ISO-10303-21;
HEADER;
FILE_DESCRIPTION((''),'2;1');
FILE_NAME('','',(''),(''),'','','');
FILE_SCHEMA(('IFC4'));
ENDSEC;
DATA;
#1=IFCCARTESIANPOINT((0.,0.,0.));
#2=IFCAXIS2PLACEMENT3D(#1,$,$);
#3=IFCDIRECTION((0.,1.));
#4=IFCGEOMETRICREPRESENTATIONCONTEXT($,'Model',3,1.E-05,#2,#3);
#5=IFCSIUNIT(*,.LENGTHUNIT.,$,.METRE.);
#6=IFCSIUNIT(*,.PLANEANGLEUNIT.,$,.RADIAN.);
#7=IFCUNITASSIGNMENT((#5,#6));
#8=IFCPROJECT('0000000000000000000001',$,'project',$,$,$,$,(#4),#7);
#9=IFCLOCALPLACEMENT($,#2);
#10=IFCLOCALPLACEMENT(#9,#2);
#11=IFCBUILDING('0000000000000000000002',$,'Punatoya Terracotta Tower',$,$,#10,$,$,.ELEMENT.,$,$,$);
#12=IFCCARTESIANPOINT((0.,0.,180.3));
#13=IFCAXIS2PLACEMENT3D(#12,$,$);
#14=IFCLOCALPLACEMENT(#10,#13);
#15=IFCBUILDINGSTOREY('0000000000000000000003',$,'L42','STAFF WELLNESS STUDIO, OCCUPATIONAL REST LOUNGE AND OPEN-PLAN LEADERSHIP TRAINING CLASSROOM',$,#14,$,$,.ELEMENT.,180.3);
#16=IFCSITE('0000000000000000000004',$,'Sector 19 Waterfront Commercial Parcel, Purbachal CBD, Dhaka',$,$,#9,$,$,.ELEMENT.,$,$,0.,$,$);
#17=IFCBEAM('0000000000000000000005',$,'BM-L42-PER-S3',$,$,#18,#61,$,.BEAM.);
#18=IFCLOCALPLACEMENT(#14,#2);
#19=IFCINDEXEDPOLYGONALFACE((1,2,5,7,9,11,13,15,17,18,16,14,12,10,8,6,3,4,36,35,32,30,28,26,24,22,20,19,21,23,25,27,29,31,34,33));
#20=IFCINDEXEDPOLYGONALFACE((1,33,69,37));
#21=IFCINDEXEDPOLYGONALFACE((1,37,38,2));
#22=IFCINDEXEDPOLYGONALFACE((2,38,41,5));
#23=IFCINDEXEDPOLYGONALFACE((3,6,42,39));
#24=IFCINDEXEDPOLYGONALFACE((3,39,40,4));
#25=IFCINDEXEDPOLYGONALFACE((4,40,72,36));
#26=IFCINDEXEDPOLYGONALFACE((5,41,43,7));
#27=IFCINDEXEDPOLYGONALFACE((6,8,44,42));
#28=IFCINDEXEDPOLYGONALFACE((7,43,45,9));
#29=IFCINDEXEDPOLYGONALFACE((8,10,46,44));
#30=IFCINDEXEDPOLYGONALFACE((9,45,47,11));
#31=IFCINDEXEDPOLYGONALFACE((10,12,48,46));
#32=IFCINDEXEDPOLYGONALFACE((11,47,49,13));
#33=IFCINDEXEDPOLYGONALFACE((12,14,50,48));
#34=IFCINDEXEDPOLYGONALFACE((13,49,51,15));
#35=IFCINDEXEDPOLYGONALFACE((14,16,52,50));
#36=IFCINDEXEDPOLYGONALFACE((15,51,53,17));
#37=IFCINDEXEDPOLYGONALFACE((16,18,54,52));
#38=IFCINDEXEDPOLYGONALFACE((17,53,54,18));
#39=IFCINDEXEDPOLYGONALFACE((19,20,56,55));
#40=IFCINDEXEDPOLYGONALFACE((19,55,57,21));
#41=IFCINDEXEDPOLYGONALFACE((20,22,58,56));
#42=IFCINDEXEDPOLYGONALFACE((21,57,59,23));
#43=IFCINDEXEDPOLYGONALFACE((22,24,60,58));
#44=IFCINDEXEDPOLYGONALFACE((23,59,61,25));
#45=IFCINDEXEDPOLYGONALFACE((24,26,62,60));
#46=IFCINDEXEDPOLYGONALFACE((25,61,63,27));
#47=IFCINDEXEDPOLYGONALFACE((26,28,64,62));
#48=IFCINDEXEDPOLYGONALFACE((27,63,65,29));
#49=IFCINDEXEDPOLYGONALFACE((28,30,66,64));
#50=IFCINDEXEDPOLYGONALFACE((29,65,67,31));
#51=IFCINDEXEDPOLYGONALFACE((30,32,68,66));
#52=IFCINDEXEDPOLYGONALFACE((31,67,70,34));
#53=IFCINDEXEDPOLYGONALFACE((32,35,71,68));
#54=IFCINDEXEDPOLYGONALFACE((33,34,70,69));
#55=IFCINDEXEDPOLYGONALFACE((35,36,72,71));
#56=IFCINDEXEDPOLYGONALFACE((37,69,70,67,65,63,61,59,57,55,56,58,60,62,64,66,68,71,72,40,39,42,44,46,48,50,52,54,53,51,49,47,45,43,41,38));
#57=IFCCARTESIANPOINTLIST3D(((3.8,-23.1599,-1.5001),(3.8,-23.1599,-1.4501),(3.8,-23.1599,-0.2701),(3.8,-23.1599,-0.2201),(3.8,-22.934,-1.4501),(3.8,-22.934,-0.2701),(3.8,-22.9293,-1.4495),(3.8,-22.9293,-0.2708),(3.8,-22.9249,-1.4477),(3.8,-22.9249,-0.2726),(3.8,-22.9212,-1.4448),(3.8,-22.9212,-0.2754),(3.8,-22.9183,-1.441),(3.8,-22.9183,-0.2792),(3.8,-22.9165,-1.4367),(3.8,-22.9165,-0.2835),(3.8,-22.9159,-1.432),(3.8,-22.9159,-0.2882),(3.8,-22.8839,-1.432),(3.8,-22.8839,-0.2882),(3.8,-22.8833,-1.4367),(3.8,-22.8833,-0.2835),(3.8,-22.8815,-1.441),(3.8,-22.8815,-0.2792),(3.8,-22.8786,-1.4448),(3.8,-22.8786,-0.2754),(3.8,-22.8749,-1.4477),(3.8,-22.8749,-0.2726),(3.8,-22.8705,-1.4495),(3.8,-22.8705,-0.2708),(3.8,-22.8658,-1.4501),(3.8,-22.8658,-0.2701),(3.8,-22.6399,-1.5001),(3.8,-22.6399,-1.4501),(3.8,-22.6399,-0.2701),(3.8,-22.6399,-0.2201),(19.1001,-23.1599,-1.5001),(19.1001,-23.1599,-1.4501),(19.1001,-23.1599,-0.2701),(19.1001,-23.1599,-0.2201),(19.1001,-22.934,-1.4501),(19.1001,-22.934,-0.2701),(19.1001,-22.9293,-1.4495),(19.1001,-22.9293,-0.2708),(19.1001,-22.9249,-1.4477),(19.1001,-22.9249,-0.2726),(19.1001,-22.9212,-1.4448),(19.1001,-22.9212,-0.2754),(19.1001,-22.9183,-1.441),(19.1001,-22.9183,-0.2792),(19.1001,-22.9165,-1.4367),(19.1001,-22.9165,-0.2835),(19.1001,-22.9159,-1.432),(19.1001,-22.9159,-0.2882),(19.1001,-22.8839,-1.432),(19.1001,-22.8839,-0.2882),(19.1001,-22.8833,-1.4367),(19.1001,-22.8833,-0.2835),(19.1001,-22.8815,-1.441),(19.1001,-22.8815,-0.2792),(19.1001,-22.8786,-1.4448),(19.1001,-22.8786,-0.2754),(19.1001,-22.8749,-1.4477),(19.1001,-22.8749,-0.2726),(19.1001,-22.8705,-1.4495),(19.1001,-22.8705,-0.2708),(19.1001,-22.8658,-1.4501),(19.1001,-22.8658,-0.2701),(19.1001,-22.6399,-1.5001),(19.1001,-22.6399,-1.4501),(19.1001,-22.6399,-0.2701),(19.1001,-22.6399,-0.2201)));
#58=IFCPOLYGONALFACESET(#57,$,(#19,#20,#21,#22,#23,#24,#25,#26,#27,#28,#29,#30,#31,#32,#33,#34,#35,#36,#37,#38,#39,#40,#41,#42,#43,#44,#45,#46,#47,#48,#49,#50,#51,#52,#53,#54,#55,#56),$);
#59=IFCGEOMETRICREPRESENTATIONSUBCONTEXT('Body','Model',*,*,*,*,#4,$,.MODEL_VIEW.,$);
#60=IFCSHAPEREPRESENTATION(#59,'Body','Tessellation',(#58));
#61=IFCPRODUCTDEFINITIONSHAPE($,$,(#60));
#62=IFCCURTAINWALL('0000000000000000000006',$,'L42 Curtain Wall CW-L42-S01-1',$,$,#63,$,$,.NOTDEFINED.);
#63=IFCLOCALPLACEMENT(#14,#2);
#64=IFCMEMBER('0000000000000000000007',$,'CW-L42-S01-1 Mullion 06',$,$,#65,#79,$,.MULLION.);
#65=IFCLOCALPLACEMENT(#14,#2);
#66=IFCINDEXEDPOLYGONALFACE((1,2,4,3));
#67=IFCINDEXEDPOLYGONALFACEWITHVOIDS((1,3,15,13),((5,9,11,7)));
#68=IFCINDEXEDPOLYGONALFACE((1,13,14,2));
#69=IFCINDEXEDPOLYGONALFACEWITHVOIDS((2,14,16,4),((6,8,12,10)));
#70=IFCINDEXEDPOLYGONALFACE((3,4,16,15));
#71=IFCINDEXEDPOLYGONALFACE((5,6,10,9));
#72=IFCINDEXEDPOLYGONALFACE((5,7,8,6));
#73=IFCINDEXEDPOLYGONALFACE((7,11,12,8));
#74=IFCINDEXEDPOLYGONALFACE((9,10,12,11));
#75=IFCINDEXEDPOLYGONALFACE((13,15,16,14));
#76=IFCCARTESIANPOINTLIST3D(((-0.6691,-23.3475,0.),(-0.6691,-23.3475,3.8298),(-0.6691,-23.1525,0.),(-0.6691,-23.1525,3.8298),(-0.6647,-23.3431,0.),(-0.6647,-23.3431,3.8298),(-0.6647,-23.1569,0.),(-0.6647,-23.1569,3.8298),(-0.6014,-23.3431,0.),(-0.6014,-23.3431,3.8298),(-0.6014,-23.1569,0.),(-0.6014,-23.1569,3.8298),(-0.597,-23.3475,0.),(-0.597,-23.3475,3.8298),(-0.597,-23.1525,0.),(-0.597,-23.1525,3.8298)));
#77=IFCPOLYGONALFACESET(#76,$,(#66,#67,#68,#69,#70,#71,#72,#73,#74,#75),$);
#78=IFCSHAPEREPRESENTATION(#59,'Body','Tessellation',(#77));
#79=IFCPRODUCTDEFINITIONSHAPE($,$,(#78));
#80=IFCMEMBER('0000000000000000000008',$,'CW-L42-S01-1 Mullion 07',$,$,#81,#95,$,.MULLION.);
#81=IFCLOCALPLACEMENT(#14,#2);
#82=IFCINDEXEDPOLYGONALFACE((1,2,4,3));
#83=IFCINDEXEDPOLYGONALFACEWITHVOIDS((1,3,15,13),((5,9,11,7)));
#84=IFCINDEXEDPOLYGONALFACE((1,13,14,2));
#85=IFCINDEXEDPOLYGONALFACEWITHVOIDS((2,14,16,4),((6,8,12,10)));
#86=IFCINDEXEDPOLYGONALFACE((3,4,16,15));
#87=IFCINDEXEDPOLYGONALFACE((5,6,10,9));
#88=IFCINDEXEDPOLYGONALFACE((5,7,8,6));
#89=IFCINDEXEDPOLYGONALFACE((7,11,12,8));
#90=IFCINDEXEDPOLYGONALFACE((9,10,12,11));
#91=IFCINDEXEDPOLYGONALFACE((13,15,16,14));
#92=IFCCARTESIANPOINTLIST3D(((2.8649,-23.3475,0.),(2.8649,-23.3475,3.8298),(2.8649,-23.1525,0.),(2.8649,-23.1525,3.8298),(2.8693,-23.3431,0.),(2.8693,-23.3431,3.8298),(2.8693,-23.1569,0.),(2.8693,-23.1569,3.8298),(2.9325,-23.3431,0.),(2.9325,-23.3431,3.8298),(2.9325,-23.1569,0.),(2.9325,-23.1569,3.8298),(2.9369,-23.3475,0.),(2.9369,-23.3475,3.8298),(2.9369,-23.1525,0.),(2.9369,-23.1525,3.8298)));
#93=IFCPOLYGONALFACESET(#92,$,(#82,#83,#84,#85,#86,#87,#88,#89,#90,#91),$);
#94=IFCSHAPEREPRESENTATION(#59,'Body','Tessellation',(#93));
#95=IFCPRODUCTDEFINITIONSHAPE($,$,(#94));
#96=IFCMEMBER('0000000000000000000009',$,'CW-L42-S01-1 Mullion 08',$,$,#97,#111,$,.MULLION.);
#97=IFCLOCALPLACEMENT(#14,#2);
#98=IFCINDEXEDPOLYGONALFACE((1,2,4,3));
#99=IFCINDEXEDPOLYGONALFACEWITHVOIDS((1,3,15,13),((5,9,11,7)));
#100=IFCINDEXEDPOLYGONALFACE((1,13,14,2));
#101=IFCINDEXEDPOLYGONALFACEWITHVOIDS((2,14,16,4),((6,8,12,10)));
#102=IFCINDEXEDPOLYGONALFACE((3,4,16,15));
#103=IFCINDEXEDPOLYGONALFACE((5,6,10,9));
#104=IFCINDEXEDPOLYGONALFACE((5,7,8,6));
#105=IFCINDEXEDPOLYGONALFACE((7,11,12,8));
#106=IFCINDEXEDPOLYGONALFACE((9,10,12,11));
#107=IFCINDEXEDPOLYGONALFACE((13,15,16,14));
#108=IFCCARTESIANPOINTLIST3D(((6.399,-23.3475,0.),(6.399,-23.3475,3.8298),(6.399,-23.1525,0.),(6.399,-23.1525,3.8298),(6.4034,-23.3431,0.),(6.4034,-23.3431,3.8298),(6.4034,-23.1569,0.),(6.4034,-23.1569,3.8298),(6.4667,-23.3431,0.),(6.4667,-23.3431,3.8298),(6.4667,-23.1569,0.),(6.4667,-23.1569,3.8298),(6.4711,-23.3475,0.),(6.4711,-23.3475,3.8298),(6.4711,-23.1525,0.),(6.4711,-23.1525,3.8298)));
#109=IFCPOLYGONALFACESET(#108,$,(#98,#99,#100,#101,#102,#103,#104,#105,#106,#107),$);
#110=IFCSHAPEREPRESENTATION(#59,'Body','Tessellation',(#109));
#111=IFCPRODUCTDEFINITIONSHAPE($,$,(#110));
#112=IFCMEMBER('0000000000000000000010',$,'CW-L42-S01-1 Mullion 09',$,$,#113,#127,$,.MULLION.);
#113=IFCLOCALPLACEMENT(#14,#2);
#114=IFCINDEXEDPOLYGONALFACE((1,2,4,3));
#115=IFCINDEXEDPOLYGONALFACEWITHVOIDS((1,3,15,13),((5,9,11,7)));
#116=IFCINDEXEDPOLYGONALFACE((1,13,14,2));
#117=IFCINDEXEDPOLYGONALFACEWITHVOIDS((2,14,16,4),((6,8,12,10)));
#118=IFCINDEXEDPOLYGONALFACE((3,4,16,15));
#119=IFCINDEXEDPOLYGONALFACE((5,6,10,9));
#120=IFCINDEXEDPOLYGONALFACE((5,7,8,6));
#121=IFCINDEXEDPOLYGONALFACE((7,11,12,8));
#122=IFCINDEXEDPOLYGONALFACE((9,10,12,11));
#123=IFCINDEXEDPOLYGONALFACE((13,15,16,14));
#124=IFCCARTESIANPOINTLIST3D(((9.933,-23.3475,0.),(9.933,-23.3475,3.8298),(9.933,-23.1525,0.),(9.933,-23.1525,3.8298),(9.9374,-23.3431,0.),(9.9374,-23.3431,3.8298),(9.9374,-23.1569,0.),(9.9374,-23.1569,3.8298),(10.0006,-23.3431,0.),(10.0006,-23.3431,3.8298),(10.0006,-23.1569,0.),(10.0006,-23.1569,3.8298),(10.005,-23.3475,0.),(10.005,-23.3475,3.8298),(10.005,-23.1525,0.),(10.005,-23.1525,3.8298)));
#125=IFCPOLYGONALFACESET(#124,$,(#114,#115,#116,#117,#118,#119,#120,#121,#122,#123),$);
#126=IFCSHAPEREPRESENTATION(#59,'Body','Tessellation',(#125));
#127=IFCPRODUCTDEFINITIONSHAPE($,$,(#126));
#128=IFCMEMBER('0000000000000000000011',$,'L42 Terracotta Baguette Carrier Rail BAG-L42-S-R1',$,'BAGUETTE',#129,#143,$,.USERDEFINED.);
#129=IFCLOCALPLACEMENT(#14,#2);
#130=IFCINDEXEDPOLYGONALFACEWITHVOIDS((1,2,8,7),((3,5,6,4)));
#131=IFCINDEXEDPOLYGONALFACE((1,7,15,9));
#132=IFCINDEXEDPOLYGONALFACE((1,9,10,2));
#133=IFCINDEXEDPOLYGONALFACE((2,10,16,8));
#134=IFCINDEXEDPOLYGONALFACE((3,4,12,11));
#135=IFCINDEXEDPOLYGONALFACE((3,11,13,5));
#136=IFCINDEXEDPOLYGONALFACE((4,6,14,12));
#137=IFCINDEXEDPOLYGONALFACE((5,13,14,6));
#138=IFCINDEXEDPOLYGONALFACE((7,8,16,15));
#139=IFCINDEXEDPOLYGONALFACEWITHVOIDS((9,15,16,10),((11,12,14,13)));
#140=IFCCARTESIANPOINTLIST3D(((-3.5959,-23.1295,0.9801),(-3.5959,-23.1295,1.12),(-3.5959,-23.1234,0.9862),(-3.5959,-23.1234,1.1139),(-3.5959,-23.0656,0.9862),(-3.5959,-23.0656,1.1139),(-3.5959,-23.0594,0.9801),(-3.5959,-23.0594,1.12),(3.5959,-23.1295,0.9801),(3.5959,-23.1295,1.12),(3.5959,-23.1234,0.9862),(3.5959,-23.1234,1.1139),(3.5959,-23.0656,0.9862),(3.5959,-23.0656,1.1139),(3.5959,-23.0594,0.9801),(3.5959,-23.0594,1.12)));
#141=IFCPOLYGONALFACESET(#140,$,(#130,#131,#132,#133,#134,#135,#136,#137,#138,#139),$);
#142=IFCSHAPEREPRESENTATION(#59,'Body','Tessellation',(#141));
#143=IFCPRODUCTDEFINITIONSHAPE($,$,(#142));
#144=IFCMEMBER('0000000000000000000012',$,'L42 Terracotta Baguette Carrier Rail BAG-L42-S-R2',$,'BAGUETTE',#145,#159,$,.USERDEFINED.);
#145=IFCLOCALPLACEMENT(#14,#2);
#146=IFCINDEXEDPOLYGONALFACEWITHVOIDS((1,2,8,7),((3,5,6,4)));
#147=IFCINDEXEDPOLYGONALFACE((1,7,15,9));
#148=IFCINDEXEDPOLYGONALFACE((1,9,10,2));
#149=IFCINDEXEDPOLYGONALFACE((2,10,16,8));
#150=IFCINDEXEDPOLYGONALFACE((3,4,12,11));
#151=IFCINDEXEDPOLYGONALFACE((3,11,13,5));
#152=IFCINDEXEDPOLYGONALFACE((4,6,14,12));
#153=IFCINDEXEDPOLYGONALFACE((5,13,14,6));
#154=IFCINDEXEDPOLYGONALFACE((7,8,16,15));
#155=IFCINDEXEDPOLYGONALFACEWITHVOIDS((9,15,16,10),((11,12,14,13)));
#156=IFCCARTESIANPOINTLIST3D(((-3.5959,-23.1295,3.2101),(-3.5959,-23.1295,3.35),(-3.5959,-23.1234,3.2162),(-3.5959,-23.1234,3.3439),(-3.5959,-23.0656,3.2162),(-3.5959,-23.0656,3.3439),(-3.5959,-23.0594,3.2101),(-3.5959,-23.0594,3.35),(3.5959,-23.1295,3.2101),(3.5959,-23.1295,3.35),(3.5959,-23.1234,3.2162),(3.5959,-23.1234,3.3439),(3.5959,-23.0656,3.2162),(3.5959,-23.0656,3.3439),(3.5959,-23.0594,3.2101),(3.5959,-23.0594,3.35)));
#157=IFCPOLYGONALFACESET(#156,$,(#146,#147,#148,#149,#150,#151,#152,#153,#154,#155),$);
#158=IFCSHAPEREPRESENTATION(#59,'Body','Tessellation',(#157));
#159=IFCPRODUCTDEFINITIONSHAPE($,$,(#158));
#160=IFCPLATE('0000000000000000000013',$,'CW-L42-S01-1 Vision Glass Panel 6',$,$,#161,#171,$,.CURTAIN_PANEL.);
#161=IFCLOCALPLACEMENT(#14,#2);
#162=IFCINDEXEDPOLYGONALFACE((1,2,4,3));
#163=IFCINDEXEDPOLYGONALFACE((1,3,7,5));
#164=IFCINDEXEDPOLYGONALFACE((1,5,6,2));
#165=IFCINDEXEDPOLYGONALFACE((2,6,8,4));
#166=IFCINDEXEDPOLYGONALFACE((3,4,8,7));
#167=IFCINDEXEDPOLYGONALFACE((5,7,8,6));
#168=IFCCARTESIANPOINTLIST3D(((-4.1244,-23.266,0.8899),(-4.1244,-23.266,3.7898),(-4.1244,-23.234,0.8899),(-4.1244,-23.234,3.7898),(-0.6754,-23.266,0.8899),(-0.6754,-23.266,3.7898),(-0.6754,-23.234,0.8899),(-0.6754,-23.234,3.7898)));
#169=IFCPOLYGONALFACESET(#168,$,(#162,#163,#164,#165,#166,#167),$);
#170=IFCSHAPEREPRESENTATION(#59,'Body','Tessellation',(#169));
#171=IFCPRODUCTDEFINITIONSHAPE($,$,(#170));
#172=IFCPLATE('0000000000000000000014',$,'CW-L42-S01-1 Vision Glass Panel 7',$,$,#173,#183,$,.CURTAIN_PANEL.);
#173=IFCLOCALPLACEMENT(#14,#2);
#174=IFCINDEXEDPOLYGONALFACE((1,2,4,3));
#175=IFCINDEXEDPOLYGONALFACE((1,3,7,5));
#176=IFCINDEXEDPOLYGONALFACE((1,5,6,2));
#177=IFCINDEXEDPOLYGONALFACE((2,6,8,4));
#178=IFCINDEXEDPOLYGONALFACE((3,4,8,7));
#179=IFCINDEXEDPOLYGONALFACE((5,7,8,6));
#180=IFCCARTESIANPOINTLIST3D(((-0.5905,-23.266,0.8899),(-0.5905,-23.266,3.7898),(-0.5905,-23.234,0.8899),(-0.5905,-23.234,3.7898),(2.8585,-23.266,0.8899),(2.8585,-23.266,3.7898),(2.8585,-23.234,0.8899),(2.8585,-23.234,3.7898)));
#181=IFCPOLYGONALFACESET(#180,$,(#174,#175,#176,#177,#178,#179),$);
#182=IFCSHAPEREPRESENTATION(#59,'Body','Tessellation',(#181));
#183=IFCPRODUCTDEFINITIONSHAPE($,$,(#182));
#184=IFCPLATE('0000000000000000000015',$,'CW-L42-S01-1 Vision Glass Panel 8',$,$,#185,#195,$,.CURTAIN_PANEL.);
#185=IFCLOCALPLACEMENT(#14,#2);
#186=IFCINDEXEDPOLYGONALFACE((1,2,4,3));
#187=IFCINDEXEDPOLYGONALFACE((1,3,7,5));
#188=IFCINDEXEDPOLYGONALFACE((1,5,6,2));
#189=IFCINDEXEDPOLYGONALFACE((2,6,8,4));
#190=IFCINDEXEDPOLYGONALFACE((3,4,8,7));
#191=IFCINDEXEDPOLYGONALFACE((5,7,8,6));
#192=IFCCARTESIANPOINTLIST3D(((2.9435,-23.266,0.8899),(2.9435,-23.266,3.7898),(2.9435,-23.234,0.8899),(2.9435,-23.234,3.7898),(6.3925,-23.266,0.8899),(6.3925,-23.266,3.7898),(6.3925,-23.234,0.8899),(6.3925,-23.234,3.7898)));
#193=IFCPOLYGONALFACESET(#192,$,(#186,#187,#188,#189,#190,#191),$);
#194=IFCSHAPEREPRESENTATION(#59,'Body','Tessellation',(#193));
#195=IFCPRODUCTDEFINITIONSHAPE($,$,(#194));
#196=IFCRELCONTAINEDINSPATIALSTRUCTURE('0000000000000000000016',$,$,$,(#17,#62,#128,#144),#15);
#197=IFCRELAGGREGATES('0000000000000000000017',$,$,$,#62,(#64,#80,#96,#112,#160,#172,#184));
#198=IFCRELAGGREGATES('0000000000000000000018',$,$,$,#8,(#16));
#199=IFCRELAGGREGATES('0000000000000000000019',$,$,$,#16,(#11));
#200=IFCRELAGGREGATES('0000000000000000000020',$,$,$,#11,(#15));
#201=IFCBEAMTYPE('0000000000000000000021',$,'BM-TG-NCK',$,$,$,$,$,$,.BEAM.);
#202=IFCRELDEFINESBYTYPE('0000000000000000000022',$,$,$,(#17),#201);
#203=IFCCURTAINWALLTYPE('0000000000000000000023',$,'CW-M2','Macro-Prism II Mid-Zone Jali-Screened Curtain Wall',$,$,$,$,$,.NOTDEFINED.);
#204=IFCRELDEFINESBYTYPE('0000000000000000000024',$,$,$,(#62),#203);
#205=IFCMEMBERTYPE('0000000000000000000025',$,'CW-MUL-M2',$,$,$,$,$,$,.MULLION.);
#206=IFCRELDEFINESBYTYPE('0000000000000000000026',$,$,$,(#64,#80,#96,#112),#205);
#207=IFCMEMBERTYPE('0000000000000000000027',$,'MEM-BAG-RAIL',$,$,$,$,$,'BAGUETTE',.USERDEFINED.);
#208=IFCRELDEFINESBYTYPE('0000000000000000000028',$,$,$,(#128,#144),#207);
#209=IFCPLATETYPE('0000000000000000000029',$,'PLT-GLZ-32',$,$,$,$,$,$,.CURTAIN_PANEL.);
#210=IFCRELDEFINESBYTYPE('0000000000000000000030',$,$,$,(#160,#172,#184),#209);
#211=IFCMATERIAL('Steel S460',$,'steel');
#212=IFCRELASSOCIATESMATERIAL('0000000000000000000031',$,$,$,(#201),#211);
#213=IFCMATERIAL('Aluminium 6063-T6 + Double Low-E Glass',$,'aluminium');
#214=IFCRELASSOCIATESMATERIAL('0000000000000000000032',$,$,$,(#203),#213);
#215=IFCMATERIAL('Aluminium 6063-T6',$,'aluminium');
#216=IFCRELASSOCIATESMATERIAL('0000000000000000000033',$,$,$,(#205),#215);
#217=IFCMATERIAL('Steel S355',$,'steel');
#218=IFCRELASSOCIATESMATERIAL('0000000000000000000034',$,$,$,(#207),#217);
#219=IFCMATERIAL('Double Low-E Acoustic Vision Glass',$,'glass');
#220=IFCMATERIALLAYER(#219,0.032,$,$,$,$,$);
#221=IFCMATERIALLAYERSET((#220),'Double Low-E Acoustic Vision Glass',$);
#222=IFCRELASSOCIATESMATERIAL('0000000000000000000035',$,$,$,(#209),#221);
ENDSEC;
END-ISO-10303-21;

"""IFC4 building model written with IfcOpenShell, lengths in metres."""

from ifc_helpers import new_model, si_unit, direction, frame, origin, origin_2d, place, context, subcontext, project, spatial, rectangle, hollow_rectangle, i_section, extrude, material, layer, layer_set, material_profile, profile_set, type_object, element, aggregate, save


model = new_model("IFC4")

# Units and contexts
model_context = context("Model", 3, precision=1e-05, world=origin(), true_north=direction((0.0, 1.0)))
body_context = subcontext(model_context, "Body", "Model", "MODEL_VIEW")
ifc_project = project(units=[si_unit("LENGTHUNIT", "METRE"), si_unit("PLANEANGLEUNIT", "RADIAN")], contexts=[model_context])

# Site, building, storey
site_placement = place(None, origin())
site = spatial("IfcSite", under=ifc_project, at=site_placement, Name="Sector 19 Waterfront Commercial Parcel, Purbachal CBD, Dhaka", CompositionType="ELEMENT", RefElevation=0.0)
building_placement = place(site_placement, origin())
building = spatial("IfcBuilding", under=site, at=building_placement, Name="Punatoya Terracotta Tower", CompositionType="ELEMENT")
storey_placement = place(building_placement, frame((0.0, 0.0, 180.3)))
storey = spatial("IfcBuildingStorey", under=building, at=storey_placement, Name="L42", Description="STAFF WELLNESS STUDIO, OCCUPATIONAL REST LOUNGE AND OPEN-PLAN LEADERSHIP TRAINING CLASSROOM", CompositionType="ELEMENT", Elevation=180.3)

# Shared definitions
ifc_material_1 = material(Name="Steel S460", Category="steel")

# Beam
ifc_material_2 = material(Name="Steel S355", Category="steel")
ifc_material_profile_1 = material_profile(ifc_material_1, i_section(OverallWidth=0.52, OverallDepth=1.28, WebThickness=0.032, FlangeThickness=0.05, FilletRadius=0.0181, at=origin_2d()))
ifc_profile_set_1 = profile_set([ifc_material_profile_1], Name="Steel S460")
beam_type_1 = type_object("IfcBeamType", Name="BM-TG-NCK", PredefinedType="BEAM", material=ifc_profile_set_1)
beam_1_placement = place(storey_placement, frame((3.8, -22.8999, -0.8601), z_axis=(1.0, 0.0, 0.0), x_axis=(0.0, 1.0, 0.0)))
element("IfcBeam", 1, at=beam_1_placement, inside=storey, type_object=beam_type_1, Name="BM-L42-PER-S3", PredefinedType="BEAM", context=body_context, shape_type="SweptSolid", body=[
    extrude(i_section(OverallWidth=0.52, OverallDepth=1.28, WebThickness=0.032, FlangeThickness=0.05, FilletRadius=0.0181, at=origin_2d()), origin(), (0.0, 0.0, 1.0), 15.3),
])

# Curtain wall, members
ifc_material_3 = material(Name="Aluminium 6063-T6 + Double Low-E Glass", Category="aluminium")
curtain_wall_type = type_object("IfcCurtainWallType", Name="CW-M2", Description="Macro-Prism II Mid-Zone Jali-Screened Curtain Wall", PredefinedType="NOTDEFINED", material=ifc_material_3)
curtain_wall_placement = place(storey_placement, origin())
curtain_wall = element("IfcCurtainWall", 2, at=curtain_wall_placement, inside=storey, type_object=curtain_wall_type, Name="L42 Curtain Wall CW-L42-S01-1", PredefinedType="NOTDEFINED")
ifc_material_4 = material(Name="Aluminium 6063-T6", Category="aluminium")
ifc_material_profile_2 = material_profile(ifc_material_4, hollow_rectangle(XDim=0.072, YDim=0.1951, WallThickness=0.0044, at=origin_2d()))
ifc_profile_set_2 = profile_set([ifc_material_profile_2], Name="Aluminium 6063-T6")
member_type_1 = type_object("IfcMemberType", Name="CW-MUL-M2", PredefinedType="MULLION", material=ifc_profile_set_2)
member_1_placement = place(storey_placement, frame((-0.6331, -23.25, 0.0), z_axis=(0.0, 0.0, 1.0), x_axis=(1.0, 0.0, 0.0)))
member_1 = element("IfcMember", 3, at=member_1_placement, type_object=member_type_1, Name="CW-L42-S01-1 Mullion 06", PredefinedType="MULLION", context=body_context, shape_type="SweptSolid", body=[
    extrude(hollow_rectangle(XDim=0.072, YDim=0.1951, WallThickness=0.0044, at=origin_2d()), origin(), (0.0, 0.0, 1.0), 3.8298),
])
member_2_placement = place(storey_placement, frame((2.9009, -23.25, 0.0), z_axis=(0.0, 0.0, 1.0), x_axis=(1.0, 0.0, 0.0)))
member_2 = element("IfcMember", 4, at=member_2_placement, type_object=member_type_1, Name="CW-L42-S01-1 Mullion 07", PredefinedType="MULLION", context=body_context, shape_type="SweptSolid", body=[
    extrude(hollow_rectangle(XDim=0.072, YDim=0.1951, WallThickness=0.0044, at=origin_2d()), origin(), (0.0, 0.0, 1.0), 3.8298),
])
member_3_placement = place(storey_placement, frame((6.4351, -23.25, 0.0), z_axis=(0.0, 0.0, 1.0), x_axis=(1.0, 0.0, 0.0)))
member_3 = element("IfcMember", 5, at=member_3_placement, type_object=member_type_1, Name="CW-L42-S01-1 Mullion 08", PredefinedType="MULLION", context=body_context, shape_type="SweptSolid", body=[
    extrude(hollow_rectangle(XDim=0.072, YDim=0.1951, WallThickness=0.0044, at=origin_2d()), origin(), (0.0, 0.0, 1.0), 3.8298),
])
member_4_placement = place(storey_placement, frame((9.969, -23.25, 0.0), z_axis=(0.0, 0.0, 1.0), x_axis=(1.0, 0.0, 0.0)))
member_4 = element("IfcMember", 6, at=member_4_placement, type_object=member_type_1, Name="CW-L42-S01-1 Mullion 09", PredefinedType="MULLION", context=body_context, shape_type="SweptSolid", body=[
    extrude(hollow_rectangle(XDim=0.072, YDim=0.1951, WallThickness=0.0044, at=origin_2d()), origin(), (0.0, 0.0, 1.0), 3.8298),
])

# Members
ifc_material_profile_3 = material_profile(ifc_material_2, hollow_rectangle(XDim=0.0701, YDim=0.1399, WallThickness=0.0061, at=origin_2d()))
ifc_profile_set_3 = profile_set([ifc_material_profile_3], Name="Steel S355")
member_type_2 = type_object("IfcMemberType", Name="MEM-BAG-RAIL", ElementType="BAGUETTE", PredefinedType="USERDEFINED", material=ifc_profile_set_3)
for number, where, z_axis, x_axis, name in (
    (7, (-3.5959, -23.0945, 1.05), (1.0, 0.0, 0.0), (0.0, 1.0, 0.0), "L42 Terracotta Baguette Carrier Rail BAG-L42-S-R1"),
    (8, (-3.5959, -23.0945, 3.28), (1.0, 0.0, 0.0), (0.0, 1.0, 0.0), "L42 Terracotta Baguette Carrier Rail BAG-L42-S-R2"),
):
    element("IfcMember", number, at=place(storey_placement, frame(where, z_axis=z_axis, x_axis=x_axis)), inside=storey, type_object=member_type_2, Name=name, ObjectType="BAGUETTE", PredefinedType="USERDEFINED", context=body_context, shape_type="SweptSolid", body=[
        extrude(hollow_rectangle(XDim=0.0701, YDim=0.1399, WallThickness=0.0061, at=origin_2d()), origin(), (0.0, 0.0, 1.0), 7.1919),
    ])

# Plates
ifc_material_5 = material(Name="Double Low-E Acoustic Vision Glass", Category="glass")
ifc_layer_1 = layer(ifc_material_5, 0.032)
ifc_layer_set_1 = layer_set([ifc_layer_1], Name="Double Low-E Acoustic Vision Glass")
plate_type_1 = type_object("IfcPlateType", Name="PLT-GLZ-32", PredefinedType="CURTAIN_PANEL", material=ifc_layer_set_1)
plate_1_placement = place(storey_placement, frame((-2.3999, -23.25, 0.8899), z_axis=(0.0, 0.0, 1.0), x_axis=(1.0, 0.0, 0.0)))
plate_1 = element("IfcPlate", 9, at=plate_1_placement, type_object=plate_type_1, Name="CW-L42-S01-1 Vision Glass Panel 6", PredefinedType="CURTAIN_PANEL", context=body_context, shape_type="SweptSolid", body=[
    extrude(rectangle(XDim=3.449, YDim=0.032, at=origin_2d()), origin(), (0.0, 0.0, 1.0), 2.8999),
])
plate_2_placement = place(storey_placement, frame((1.134, -23.25, 0.8899), z_axis=(0.0, 0.0, 1.0), x_axis=(1.0, 0.0, 0.0)))
plate_2 = element("IfcPlate", 10, at=plate_2_placement, type_object=plate_type_1, Name="CW-L42-S01-1 Vision Glass Panel 7", PredefinedType="CURTAIN_PANEL", context=body_context, shape_type="SweptSolid", body=[
    extrude(rectangle(XDim=3.449, YDim=0.032, at=origin_2d()), origin(), (0.0, 0.0, 1.0), 2.8999),
])
plate_3_placement = place(storey_placement, frame((4.668, -23.25, 0.8899), z_axis=(0.0, 0.0, 1.0), x_axis=(1.0, 0.0, 0.0)))
plate_3 = element("IfcPlate", 11, at=plate_3_placement, type_object=plate_type_1, Name="CW-L42-S01-1 Vision Glass Panel 8", PredefinedType="CURTAIN_PANEL", context=body_context, shape_type="SweptSolid", body=[
    extrude(rectangle(XDim=3.449, YDim=0.032, at=origin_2d()), origin(), (0.0, 0.0, 1.0), 2.8999),
])
aggregate(curtain_wall, [member_1, member_2, member_3, member_4, plate_1, plate_2, plate_3])

save(model, "model.ifc")
